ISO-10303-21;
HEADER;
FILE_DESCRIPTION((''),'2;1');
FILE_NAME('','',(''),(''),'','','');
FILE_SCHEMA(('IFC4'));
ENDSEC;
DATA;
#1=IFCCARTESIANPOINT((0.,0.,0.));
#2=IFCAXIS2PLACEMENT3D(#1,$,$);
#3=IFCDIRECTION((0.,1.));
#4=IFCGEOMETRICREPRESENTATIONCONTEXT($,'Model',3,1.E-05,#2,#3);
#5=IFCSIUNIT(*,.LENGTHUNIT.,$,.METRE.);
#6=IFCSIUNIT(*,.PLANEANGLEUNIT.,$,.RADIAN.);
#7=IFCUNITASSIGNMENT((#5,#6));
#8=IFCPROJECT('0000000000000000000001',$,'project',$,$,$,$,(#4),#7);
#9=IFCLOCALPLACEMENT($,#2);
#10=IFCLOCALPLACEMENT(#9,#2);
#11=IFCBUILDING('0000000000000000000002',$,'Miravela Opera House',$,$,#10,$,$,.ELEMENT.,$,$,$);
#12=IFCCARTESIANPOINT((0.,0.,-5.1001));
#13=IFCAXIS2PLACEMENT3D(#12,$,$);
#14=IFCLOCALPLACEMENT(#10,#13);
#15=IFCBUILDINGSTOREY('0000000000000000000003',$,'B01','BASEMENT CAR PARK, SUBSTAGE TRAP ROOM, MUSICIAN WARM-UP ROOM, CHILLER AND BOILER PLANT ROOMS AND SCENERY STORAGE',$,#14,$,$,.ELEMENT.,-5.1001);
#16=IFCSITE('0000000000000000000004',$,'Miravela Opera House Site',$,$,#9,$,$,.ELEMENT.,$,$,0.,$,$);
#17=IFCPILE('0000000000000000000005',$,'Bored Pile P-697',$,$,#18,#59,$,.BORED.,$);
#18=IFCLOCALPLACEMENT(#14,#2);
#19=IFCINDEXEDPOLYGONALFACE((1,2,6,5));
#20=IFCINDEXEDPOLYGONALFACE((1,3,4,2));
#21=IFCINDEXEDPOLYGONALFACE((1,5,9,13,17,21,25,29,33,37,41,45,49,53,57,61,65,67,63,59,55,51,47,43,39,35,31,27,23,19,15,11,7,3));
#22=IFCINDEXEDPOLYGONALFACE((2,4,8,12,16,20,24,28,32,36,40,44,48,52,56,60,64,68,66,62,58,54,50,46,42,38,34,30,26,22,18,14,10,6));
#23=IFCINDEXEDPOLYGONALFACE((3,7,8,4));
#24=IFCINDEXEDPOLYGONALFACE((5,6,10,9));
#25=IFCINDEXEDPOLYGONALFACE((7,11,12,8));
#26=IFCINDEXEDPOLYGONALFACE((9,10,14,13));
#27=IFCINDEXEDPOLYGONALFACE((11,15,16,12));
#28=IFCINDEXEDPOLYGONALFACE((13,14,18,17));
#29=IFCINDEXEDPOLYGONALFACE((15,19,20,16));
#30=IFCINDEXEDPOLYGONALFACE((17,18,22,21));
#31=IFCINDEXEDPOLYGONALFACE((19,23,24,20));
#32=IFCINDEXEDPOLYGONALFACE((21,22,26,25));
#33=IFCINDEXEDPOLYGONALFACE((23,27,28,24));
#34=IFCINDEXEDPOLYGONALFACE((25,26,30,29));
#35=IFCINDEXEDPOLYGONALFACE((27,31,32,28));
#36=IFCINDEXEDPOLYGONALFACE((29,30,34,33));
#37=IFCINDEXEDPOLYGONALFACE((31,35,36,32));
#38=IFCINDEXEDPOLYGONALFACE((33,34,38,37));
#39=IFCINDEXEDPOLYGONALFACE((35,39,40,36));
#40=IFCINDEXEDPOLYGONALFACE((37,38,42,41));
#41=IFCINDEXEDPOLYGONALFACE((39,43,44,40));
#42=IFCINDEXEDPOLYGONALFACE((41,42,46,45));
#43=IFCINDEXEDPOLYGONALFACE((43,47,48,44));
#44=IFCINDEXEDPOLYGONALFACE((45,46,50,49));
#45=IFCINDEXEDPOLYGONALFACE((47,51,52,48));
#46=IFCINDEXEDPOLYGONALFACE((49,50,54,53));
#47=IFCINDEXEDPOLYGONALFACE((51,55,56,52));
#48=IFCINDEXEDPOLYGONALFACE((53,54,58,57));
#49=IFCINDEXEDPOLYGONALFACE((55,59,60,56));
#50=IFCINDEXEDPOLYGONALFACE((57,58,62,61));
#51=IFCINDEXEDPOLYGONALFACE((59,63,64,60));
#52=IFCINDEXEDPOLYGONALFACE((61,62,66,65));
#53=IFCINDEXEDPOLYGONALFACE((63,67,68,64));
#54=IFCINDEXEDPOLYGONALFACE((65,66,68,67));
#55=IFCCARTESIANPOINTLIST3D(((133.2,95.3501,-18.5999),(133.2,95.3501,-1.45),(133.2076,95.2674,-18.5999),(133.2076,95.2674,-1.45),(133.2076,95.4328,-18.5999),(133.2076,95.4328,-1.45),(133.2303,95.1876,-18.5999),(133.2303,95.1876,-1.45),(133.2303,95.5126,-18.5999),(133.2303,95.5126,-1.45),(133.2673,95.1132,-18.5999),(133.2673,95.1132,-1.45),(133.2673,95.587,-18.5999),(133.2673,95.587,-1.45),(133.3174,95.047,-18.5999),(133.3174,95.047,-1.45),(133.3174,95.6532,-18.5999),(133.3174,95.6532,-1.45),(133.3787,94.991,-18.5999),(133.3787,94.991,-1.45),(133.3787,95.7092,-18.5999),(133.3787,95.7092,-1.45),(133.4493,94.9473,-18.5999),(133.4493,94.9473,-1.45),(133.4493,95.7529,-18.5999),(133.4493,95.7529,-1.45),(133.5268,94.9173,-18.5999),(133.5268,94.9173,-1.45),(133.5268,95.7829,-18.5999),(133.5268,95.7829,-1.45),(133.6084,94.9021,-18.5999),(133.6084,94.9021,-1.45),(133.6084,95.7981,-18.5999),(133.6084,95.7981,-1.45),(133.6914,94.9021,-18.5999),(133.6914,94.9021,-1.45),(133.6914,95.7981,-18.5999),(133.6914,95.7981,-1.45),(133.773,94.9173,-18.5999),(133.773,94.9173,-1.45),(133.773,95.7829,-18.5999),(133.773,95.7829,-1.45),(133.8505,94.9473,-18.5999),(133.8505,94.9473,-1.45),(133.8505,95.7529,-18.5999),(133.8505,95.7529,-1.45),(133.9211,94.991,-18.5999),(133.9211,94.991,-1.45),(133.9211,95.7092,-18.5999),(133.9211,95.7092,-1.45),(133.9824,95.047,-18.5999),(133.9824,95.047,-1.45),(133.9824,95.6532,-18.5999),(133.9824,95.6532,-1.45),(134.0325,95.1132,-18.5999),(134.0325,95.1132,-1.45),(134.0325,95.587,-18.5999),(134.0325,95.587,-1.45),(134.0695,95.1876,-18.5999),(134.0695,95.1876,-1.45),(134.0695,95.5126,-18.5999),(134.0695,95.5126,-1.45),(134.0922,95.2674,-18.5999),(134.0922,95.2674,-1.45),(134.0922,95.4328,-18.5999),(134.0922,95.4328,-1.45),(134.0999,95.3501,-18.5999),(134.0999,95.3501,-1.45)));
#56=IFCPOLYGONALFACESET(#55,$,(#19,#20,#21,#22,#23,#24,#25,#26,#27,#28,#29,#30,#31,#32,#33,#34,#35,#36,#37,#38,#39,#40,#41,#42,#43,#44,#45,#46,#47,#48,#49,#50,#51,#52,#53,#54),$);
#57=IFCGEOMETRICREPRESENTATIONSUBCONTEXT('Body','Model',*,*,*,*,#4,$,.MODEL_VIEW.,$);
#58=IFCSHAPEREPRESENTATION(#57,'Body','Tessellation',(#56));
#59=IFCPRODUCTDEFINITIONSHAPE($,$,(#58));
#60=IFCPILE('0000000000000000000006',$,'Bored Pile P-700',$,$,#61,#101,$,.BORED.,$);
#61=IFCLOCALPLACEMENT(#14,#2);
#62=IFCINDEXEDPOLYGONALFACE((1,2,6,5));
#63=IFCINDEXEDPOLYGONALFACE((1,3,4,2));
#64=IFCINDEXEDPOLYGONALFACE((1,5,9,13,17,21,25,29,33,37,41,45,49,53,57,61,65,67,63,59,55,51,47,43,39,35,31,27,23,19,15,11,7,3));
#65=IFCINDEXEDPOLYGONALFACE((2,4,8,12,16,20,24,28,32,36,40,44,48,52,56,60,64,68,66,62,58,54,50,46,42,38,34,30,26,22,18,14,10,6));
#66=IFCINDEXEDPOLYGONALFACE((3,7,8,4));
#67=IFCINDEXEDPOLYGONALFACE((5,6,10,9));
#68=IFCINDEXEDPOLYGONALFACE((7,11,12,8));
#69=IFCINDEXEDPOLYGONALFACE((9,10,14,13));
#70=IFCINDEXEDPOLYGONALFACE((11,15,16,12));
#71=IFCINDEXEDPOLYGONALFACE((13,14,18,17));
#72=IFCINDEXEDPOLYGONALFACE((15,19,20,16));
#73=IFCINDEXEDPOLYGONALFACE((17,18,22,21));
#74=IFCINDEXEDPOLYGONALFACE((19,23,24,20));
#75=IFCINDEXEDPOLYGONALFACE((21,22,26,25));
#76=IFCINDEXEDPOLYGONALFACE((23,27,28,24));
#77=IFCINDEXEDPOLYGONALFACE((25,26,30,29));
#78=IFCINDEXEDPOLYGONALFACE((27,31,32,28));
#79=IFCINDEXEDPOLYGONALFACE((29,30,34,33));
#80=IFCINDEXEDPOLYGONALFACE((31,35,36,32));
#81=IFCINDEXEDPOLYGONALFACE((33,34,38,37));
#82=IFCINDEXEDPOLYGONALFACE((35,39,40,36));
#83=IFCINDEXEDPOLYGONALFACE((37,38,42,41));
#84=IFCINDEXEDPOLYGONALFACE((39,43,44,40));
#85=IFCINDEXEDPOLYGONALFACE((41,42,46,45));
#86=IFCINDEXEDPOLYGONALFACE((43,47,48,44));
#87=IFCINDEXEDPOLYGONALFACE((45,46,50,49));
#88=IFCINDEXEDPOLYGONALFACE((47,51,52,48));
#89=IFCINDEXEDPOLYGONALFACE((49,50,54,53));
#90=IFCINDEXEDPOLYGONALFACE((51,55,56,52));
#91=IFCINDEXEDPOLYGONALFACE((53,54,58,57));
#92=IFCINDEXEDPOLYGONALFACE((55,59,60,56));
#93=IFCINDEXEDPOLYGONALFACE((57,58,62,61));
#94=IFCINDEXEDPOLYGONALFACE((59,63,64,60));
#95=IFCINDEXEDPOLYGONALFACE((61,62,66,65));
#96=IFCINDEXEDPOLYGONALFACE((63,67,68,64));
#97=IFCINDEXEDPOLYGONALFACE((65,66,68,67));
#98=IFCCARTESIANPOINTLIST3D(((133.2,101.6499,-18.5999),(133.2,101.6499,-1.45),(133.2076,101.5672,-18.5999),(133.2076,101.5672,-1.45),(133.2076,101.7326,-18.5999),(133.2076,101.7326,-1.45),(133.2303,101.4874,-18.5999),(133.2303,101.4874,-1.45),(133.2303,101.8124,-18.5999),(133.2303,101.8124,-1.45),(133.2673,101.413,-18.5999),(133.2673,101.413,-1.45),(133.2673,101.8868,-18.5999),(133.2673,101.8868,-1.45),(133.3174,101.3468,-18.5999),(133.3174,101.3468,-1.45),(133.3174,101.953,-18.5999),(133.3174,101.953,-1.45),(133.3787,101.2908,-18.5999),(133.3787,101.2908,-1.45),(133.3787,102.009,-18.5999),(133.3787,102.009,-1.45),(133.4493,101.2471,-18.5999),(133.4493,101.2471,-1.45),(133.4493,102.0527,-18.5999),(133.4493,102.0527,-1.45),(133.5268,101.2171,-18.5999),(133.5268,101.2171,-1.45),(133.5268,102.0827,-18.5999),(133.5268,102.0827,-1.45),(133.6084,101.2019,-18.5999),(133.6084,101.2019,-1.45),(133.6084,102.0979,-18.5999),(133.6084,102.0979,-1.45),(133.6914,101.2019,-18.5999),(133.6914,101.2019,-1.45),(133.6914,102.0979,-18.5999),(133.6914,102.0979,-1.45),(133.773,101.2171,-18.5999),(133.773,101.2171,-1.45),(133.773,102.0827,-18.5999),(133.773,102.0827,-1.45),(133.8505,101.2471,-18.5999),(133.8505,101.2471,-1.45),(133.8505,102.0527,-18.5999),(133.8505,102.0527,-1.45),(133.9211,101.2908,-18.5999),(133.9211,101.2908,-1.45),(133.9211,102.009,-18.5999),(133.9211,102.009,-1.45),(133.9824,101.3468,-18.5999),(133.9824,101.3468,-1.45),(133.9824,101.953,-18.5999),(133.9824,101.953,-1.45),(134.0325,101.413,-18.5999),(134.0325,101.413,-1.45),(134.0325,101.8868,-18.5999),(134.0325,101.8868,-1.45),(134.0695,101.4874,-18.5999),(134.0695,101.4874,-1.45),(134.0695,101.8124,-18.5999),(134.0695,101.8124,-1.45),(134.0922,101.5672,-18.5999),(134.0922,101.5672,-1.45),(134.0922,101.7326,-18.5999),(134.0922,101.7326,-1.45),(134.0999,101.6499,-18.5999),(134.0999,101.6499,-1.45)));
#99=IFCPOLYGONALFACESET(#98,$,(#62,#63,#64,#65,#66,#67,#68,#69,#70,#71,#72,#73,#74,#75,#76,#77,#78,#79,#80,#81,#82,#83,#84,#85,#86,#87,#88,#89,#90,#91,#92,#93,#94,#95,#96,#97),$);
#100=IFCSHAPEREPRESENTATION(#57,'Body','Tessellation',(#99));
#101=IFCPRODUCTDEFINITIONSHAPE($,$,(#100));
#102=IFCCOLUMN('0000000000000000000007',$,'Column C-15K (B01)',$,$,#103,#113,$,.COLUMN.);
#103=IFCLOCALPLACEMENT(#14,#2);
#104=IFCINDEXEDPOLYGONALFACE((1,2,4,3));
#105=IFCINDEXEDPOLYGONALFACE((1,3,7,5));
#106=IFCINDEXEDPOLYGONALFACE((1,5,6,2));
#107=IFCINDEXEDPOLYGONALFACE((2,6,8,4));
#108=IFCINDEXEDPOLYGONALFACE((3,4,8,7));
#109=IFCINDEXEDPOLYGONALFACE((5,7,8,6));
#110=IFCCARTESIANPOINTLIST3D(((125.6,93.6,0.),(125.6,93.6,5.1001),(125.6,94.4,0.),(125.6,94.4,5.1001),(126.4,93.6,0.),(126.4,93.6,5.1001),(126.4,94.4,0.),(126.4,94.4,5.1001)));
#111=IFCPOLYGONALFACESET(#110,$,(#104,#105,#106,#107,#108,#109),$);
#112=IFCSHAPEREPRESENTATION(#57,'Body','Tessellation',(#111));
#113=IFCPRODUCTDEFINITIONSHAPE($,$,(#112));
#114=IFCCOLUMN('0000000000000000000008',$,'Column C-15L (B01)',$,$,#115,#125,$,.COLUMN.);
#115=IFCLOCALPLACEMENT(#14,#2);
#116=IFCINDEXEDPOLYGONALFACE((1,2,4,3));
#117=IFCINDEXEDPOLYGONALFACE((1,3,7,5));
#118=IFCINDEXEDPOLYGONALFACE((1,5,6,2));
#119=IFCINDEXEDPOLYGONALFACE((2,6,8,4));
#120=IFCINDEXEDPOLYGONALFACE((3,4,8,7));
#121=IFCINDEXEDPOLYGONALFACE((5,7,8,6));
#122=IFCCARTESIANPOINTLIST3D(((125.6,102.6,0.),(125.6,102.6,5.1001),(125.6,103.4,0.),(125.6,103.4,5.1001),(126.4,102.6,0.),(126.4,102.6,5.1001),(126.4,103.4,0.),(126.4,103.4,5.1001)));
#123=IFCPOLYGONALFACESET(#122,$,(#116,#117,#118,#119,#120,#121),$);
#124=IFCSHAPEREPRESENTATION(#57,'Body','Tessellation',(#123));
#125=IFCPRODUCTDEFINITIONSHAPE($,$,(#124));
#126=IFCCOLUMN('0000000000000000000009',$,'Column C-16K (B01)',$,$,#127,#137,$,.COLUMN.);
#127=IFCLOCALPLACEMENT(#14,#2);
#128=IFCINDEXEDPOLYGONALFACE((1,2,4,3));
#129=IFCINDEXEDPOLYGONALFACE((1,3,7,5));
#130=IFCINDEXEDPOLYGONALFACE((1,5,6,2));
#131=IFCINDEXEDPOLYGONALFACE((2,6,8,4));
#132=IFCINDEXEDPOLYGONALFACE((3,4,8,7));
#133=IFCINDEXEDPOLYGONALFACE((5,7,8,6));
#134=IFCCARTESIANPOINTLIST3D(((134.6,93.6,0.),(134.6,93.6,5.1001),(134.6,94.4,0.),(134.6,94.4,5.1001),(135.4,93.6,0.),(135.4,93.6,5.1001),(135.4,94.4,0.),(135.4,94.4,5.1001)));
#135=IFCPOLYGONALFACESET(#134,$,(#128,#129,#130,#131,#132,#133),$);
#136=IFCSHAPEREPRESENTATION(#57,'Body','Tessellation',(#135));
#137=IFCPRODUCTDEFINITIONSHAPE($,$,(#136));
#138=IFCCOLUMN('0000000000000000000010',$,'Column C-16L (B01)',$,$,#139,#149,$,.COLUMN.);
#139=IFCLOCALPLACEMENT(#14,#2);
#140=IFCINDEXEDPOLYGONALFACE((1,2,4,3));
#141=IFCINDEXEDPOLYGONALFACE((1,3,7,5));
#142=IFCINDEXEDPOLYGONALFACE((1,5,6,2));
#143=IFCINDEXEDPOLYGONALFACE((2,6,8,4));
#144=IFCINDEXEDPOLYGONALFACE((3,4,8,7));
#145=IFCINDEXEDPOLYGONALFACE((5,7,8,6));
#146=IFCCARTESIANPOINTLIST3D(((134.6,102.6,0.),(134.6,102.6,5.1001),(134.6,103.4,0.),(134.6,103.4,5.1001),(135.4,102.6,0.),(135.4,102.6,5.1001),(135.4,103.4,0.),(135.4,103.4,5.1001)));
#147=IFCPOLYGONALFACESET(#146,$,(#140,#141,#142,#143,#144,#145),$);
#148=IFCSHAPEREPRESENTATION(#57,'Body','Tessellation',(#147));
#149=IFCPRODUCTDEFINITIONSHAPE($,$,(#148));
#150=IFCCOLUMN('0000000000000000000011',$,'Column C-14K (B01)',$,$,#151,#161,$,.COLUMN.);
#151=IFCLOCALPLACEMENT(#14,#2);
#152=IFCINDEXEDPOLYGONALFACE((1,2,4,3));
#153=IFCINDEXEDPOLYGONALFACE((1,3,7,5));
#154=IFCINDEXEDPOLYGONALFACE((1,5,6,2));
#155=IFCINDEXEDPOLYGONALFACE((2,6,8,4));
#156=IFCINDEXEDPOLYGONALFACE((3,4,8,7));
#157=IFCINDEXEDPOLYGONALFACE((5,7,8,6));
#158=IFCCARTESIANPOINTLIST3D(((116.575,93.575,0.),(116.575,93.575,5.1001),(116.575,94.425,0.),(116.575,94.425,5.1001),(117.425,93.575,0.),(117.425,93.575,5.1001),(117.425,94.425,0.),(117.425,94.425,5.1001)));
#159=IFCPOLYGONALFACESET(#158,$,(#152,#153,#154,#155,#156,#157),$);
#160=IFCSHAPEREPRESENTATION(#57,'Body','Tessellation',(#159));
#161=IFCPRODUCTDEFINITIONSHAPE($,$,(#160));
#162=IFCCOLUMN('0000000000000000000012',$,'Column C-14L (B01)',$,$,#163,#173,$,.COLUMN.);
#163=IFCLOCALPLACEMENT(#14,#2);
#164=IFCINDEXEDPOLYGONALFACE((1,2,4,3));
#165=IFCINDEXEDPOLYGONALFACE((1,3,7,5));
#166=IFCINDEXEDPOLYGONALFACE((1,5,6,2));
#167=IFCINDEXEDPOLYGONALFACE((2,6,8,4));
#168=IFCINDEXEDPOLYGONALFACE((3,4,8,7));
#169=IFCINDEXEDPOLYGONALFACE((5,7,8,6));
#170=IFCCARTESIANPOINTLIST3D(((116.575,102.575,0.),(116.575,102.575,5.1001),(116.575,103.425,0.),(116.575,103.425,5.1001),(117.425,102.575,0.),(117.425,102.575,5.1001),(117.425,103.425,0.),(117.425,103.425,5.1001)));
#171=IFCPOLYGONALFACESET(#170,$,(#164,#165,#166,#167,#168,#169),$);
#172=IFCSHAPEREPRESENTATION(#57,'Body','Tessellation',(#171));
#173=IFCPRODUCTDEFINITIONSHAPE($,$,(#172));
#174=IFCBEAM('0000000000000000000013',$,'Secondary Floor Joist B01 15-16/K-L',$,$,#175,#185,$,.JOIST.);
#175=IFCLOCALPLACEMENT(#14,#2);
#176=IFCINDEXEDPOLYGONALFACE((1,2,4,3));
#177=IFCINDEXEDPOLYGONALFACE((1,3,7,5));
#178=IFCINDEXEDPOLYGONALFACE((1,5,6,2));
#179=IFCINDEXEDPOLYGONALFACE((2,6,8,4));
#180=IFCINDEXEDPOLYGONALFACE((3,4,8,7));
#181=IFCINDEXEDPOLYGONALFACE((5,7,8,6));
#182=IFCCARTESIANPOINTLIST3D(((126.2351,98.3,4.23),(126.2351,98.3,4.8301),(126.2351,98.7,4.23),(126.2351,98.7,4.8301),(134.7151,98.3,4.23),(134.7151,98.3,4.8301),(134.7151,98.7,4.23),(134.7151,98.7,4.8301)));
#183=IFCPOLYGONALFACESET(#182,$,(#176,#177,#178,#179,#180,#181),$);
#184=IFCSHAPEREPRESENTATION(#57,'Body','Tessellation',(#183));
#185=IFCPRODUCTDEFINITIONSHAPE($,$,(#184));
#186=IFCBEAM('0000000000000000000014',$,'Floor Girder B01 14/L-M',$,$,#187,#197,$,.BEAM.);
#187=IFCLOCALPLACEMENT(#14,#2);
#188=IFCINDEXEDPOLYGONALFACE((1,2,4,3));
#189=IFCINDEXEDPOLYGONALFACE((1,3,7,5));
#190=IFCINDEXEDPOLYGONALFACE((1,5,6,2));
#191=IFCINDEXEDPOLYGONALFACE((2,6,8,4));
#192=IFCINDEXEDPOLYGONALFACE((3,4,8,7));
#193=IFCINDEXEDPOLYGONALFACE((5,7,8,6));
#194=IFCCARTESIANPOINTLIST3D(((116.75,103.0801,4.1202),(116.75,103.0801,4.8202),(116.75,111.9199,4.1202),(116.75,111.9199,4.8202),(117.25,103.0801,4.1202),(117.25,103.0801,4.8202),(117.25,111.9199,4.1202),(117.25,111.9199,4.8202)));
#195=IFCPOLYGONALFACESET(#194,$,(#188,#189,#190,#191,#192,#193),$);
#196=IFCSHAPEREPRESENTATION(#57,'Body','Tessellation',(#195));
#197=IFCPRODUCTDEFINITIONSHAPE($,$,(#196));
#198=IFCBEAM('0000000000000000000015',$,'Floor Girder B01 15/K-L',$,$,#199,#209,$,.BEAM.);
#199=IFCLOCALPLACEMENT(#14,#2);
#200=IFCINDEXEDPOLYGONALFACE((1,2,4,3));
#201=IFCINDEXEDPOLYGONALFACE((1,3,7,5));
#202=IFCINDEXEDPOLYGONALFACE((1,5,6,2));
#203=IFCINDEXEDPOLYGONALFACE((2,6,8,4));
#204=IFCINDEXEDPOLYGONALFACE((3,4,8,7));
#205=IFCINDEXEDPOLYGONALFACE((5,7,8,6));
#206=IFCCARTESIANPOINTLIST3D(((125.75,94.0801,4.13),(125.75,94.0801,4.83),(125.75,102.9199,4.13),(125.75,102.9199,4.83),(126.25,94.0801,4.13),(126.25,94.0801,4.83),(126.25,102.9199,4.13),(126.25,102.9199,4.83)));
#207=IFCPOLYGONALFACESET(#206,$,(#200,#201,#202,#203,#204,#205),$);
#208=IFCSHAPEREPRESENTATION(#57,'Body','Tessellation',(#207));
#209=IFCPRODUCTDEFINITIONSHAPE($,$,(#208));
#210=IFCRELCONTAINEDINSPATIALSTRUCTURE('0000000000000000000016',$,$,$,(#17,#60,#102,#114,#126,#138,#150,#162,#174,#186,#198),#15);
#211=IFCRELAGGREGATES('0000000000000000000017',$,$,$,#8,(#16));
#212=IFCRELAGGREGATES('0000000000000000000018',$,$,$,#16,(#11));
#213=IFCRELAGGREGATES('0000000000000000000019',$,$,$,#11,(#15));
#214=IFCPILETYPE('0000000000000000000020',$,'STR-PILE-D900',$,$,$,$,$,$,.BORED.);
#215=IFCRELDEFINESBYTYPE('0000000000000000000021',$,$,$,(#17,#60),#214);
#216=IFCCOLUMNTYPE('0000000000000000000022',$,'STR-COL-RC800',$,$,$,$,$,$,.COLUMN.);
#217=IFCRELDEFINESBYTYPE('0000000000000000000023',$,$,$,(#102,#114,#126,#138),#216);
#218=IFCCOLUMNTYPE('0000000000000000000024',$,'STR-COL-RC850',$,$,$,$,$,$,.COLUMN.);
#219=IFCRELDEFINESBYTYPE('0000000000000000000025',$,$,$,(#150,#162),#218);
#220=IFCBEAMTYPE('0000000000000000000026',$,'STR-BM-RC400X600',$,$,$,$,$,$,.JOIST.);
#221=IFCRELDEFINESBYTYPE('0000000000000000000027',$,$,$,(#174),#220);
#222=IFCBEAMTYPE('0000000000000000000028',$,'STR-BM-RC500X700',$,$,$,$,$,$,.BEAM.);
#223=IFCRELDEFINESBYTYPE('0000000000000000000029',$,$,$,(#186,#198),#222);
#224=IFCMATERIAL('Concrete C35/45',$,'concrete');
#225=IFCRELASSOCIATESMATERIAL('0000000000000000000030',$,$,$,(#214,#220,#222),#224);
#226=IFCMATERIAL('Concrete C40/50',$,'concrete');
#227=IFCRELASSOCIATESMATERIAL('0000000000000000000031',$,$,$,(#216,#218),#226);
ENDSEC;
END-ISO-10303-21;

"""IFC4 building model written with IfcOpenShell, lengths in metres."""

from ifc_helpers import new_model, si_unit, direction, frame, origin, origin_2d, place, context, subcontext, project, spatial, rectangle, circle, extrude, material, material_profile, profile_set, type_object, element, save


model = new_model("IFC4")

# Units and contexts
model_context = context("Model", 3, precision=1e-05, world=origin(), true_north=direction((0.0, 1.0)))
body_context = subcontext(model_context, "Body", "Model", "MODEL_VIEW")
ifc_project = project(units=[si_unit("LENGTHUNIT", "METRE"), si_unit("PLANEANGLEUNIT", "RADIAN")], contexts=[model_context])

# Site, building, storey
site_placement = place(None, origin())
site = spatial("IfcSite", under=ifc_project, at=site_placement, Name="Miravela Opera House Site", CompositionType="ELEMENT", RefElevation=0.0)
building_placement = place(site_placement, origin())
building = spatial("IfcBuilding", under=site, at=building_placement, Name="Miravela Opera House", CompositionType="ELEMENT")
storey_placement = place(building_placement, frame((0.0, 0.0, -5.1001)))
storey = spatial("IfcBuildingStorey", under=building, at=storey_placement, Name="B01", Description="BASEMENT CAR PARK, SUBSTAGE TRAP ROOM, MUSICIAN WARM-UP ROOM, CHILLER AND BOILER PLANT ROOMS AND SCENERY STORAGE", CompositionType="ELEMENT", Elevation=-5.1001)

# Shared definitions
ifc_material_1 = material(Name="Concrete C35/45", Category="concrete")

# Piles
ifc_material_profile_1 = material_profile(ifc_material_1, circle(Radius=0.45, at=origin_2d()), Name="PILE-D900")
ifc_profile_set_1 = profile_set([ifc_material_profile_1])
pile_type_1 = type_object("IfcPileType", Name="STR-PILE-D900", PredefinedType="BORED", material=ifc_profile_set_1)
for number, where, z_axis, x_axis, name in (
    (1, (133.6499, 95.3501, -1.45), (0.0, 0.0, -1.0), (1.0, 0.0, 0.0), "Bored Pile P-697"),
    (2, (133.6499, 101.6499, -1.45), (0.0, 0.0, -1.0), (1.0, 0.0, 0.0), "Bored Pile P-700"),
):
    element("IfcPile", number, at=place(storey_placement, frame(where, z_axis=z_axis, x_axis=x_axis)), inside=storey, type_object=pile_type_1, Name=name, PredefinedType="BORED", context=body_context, shape_type="SweptSolid", body=[
        extrude(circle(Radius=0.45, at=origin_2d()), origin(), (0.0, 0.0, 1.0), 17.1499),
    ])

# Columns
ifc_material_2 = material(Name="Concrete C40/50", Category="concrete")
ifc_material_profile_2 = material_profile(ifc_material_2, rectangle(XDim=0.8, YDim=0.8, at=origin_2d()), Name="RC-COL-800X800")
ifc_profile_set_2 = profile_set([ifc_material_profile_2])
column_type_1 = type_object("IfcColumnType", Name="STR-COL-RC800", PredefinedType="COLUMN", material=ifc_profile_set_2)
for number, where, z_axis, x_axis, name in (
    (3, (126.0, 94.0, 0.0), (0.0, 0.0, 1.0), (1.0, 0.0, 0.0), "Column C-15K (B01)"),
    (4, (126.0, 103.0, 0.0), (0.0, 0.0, 1.0), (1.0, 0.0, 0.0), "Column C-15L (B01)"),
    (5, (135.0, 94.0, 0.0), (0.0, 0.0, 1.0), (1.0, 0.0, 0.0), "Column C-16K (B01)"),
    (6, (135.0, 103.0, 0.0), (0.0, 0.0, 1.0), (1.0, 0.0, 0.0), "Column C-16L (B01)"),
):
    element("IfcColumn", number, at=place(storey_placement, frame(where, z_axis=z_axis, x_axis=x_axis)), inside=storey, type_object=column_type_1, Name=name, PredefinedType="COLUMN", context=body_context, shape_type="SweptSolid", body=[
        extrude(rectangle(XDim=0.8, YDim=0.8, at=origin_2d()), origin(), (0.0, 0.0, 1.0), 5.1001),
    ])
ifc_material_profile_3 = material_profile(ifc_material_2, rectangle(XDim=0.8501, YDim=0.8501, at=origin_2d()), Name="RC-COL-850X850")
ifc_profile_set_3 = profile_set([ifc_material_profile_3])
column_type_2 = type_object("IfcColumnType", Name="STR-COL-RC850", PredefinedType="COLUMN", material=ifc_profile_set_3)
for number, where, z_axis, x_axis, name in (
    (7, (117.0, 94.0, 0.0), (0.0, 0.0, 1.0), (1.0, 0.0, 0.0), "Column C-14K (B01)"),
    (8, (117.0, 103.0, 0.0), (0.0, 0.0, 1.0), (1.0, 0.0, 0.0), "Column C-14L (B01)"),
):
    element("IfcColumn", number, at=place(storey_placement, frame(where, z_axis=z_axis, x_axis=x_axis)), inside=storey, type_object=column_type_2, Name=name, PredefinedType="COLUMN", context=body_context, shape_type="SweptSolid", body=[
        extrude(rectangle(XDim=0.8501, YDim=0.8501, at=origin_2d()), origin(), (0.0, 0.0, 1.0), 5.1001),
    ])

# Beams
ifc_material_profile_4 = material_profile(ifc_material_1, rectangle(XDim=0.3999, YDim=0.6001, at=origin_2d()), Name="RC-BM-400X600")
ifc_profile_set_4 = profile_set([ifc_material_profile_4])
beam_type_1 = type_object("IfcBeamType", Name="STR-BM-RC400X600", PredefinedType="JOIST", material=ifc_profile_set_4)
beam_1_placement = place(storey_placement, frame((126.2351, 98.5, 4.53), z_axis=(1.0, 0.0, 0.0), x_axis=(0.0, 1.0, 0.0)))
element("IfcBeam", 9, at=beam_1_placement, inside=storey, type_object=beam_type_1, Name="Secondary Floor Joist B01 15-16/K-L", PredefinedType="JOIST", context=body_context, shape_type="SweptSolid", body=[
    extrude(rectangle(XDim=0.3999, YDim=0.6001, at=origin_2d()), origin(), (0.0, 0.0, 1.0), 8.48),
])
ifc_material_profile_5 = material_profile(ifc_material_1, rectangle(XDim=0.5, YDim=0.7, at=origin_2d()), Name="RC-BM-500X700")
ifc_profile_set_5 = profile_set([ifc_material_profile_5])
beam_type_2 = type_object("IfcBeamType", Name="STR-BM-RC500X700", PredefinedType="BEAM", material=ifc_profile_set_5)
for number, where, z_axis, x_axis, name in (
    (10, (117.0, 103.0801, 4.4702), (0.0, 1.0, 0.0), (-1.0, 0.0, 0.0), "Floor Girder B01 14/L-M"),
    (11, (126.0, 94.0801, 4.48), (0.0, 1.0, 0.0), (-1.0, 0.0, 0.0), "Floor Girder B01 15/K-L"),
):
    element("IfcBeam", number, at=place(storey_placement, frame(where, z_axis=z_axis, x_axis=x_axis)), inside=storey, type_object=beam_type_2, Name=name, PredefinedType="BEAM", context=body_context, shape_type="SweptSolid", body=[
        extrude(rectangle(XDim=0.5, YDim=0.7, at=origin_2d()), origin(), (0.0, 0.0, 1.0), 8.8398),
    ])

save(model, "model.ifc")
